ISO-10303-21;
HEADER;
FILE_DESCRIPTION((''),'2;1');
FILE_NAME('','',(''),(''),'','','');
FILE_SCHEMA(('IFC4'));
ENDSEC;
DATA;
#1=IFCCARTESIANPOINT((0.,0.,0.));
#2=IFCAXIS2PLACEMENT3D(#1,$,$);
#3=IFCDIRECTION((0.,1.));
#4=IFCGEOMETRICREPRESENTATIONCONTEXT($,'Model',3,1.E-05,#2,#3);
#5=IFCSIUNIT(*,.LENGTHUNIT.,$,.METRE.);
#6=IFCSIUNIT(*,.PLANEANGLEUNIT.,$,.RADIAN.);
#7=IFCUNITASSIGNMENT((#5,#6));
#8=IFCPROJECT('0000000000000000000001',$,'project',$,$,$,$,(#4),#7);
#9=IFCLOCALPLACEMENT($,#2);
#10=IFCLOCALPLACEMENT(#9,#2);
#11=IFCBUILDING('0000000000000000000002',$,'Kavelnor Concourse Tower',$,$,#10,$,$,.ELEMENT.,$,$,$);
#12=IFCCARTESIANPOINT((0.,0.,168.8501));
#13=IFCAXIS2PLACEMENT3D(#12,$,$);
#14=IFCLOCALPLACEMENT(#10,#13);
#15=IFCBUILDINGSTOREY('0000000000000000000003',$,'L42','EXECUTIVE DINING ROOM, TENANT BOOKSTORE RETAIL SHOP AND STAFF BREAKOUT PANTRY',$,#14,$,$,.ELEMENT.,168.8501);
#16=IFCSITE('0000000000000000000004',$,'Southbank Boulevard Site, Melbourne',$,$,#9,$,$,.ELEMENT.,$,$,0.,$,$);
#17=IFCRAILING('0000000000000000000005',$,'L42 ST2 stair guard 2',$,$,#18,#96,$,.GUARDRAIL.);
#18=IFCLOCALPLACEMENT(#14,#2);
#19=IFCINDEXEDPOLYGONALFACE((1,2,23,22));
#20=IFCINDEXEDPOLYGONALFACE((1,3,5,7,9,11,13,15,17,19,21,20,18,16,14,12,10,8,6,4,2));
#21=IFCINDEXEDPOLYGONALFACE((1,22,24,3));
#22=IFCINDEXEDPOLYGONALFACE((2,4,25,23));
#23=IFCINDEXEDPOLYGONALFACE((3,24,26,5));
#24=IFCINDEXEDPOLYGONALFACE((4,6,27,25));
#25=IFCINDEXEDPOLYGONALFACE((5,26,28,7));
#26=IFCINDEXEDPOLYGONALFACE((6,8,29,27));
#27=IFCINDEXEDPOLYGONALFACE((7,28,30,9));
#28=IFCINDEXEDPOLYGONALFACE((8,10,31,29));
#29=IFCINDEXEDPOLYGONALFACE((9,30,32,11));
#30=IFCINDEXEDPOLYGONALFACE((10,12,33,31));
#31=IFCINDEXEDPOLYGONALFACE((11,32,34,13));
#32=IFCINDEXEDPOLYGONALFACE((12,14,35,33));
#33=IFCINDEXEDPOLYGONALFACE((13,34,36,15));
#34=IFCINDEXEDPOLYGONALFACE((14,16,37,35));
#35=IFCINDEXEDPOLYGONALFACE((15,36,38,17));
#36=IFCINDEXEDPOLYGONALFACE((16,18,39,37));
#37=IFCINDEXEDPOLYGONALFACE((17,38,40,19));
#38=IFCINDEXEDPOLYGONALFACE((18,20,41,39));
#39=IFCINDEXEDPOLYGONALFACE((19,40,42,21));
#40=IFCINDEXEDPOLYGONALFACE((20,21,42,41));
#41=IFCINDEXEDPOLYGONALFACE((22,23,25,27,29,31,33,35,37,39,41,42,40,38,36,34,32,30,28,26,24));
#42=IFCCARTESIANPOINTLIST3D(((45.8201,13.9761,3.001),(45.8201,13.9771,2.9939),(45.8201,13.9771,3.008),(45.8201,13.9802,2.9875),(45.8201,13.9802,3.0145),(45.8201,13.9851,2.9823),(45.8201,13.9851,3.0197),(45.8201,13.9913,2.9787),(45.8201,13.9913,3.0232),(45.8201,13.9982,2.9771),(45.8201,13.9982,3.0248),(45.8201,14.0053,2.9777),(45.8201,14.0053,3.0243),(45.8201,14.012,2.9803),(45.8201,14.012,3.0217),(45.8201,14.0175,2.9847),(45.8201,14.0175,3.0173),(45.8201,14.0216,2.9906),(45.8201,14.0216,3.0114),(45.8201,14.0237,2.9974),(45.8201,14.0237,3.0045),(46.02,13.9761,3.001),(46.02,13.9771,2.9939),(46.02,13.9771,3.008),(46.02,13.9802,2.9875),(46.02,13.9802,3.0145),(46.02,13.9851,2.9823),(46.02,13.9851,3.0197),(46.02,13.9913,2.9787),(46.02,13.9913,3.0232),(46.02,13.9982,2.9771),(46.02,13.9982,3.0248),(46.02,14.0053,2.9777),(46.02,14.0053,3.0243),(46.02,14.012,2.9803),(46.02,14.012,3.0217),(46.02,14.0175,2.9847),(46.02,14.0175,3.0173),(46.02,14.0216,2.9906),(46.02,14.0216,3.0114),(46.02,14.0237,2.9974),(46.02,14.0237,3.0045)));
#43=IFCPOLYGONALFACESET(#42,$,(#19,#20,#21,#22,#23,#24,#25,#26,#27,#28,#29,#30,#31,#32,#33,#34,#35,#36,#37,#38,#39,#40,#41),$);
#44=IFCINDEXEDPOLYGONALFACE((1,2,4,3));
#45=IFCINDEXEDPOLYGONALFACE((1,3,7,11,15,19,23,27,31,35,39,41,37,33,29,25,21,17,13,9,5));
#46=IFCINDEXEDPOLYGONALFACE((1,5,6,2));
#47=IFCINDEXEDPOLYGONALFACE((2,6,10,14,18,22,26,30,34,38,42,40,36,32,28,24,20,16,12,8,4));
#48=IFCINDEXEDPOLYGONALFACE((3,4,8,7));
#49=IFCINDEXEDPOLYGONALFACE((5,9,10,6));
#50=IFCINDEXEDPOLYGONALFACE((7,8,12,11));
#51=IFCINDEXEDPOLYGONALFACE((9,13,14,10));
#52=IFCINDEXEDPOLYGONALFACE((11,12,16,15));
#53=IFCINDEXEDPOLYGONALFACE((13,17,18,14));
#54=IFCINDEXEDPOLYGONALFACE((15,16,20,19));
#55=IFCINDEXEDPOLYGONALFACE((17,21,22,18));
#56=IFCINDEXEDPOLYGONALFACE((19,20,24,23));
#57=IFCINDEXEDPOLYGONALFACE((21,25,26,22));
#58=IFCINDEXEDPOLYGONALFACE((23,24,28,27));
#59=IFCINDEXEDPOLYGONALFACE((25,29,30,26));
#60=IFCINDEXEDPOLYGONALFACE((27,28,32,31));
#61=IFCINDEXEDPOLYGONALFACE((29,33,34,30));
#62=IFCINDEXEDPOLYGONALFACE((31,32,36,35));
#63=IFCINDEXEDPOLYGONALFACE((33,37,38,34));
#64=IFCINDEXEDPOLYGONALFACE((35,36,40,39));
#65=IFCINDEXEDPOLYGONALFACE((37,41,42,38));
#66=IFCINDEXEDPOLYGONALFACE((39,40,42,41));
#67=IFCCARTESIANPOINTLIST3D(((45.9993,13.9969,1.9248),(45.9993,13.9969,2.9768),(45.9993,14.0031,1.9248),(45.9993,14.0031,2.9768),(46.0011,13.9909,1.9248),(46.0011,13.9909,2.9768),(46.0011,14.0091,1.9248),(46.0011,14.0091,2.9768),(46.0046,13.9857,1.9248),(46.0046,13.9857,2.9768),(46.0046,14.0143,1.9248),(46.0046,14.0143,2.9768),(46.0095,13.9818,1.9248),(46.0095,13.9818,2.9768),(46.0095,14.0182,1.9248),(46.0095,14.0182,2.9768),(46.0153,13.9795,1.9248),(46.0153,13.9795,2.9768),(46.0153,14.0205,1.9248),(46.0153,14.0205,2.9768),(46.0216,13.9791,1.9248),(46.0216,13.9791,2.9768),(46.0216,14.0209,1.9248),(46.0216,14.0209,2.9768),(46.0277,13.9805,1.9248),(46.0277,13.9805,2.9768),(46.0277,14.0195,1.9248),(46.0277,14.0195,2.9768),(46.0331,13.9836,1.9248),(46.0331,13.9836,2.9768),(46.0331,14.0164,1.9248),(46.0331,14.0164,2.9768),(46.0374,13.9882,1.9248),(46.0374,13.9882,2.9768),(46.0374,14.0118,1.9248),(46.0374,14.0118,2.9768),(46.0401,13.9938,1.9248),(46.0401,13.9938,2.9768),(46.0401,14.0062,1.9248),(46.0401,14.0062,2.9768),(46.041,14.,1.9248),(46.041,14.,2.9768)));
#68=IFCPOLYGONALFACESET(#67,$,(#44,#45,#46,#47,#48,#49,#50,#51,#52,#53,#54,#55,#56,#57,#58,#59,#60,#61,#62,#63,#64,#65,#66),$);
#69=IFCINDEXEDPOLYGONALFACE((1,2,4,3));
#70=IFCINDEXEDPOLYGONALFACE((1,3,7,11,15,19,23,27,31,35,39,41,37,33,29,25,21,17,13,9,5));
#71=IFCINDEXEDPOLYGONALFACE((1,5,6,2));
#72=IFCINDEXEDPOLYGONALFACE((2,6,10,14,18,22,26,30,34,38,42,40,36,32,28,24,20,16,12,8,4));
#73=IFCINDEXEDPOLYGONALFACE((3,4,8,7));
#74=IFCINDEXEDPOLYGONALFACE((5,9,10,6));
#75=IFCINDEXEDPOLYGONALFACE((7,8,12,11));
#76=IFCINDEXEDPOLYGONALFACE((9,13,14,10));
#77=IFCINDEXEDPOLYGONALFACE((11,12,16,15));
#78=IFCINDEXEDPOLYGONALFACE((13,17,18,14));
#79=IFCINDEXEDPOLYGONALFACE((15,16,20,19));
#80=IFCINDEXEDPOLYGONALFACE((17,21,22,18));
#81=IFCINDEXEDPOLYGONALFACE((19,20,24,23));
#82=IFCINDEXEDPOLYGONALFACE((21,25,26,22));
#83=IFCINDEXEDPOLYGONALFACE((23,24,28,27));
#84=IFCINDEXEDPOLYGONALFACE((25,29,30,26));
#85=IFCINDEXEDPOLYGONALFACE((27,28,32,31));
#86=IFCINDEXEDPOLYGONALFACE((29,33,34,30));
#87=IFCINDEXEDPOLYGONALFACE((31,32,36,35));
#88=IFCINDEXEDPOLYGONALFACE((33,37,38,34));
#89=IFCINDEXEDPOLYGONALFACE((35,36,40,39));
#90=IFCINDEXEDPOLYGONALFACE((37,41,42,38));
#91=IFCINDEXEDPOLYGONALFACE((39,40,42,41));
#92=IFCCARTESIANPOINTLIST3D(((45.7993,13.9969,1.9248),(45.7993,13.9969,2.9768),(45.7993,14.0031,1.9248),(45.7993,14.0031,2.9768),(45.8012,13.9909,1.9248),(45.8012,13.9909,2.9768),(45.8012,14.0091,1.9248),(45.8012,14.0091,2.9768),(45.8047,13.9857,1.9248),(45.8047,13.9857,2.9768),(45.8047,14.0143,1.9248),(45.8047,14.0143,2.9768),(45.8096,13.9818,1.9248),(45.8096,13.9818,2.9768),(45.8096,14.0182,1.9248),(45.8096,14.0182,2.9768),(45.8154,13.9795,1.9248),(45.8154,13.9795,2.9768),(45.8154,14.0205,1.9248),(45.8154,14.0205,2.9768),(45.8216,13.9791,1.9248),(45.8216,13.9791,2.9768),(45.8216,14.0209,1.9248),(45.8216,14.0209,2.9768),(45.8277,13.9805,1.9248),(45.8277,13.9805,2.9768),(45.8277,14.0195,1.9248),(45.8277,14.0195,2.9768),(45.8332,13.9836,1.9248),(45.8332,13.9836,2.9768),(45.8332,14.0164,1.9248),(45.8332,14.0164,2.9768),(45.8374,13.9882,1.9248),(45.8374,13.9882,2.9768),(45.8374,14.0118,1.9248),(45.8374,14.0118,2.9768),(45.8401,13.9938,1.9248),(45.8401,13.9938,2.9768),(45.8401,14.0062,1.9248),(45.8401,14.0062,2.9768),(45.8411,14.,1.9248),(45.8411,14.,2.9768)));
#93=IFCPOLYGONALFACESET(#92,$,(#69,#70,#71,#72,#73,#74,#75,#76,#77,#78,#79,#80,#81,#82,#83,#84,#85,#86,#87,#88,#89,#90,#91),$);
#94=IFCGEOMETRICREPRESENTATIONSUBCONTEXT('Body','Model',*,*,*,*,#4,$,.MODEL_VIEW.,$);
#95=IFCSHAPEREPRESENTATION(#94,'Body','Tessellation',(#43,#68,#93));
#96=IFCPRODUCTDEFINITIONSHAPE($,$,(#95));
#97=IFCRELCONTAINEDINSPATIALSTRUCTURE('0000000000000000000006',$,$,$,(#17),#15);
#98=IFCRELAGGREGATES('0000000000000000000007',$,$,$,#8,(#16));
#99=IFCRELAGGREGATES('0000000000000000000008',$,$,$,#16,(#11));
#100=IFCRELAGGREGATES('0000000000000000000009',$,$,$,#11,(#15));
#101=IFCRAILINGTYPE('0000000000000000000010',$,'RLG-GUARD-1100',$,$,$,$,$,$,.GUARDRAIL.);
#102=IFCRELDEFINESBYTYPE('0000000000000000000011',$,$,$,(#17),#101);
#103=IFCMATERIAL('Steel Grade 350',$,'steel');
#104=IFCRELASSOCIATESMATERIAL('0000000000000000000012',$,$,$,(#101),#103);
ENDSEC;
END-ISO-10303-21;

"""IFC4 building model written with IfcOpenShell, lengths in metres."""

from ifc_helpers import new_model, si_unit, direction, frame, origin, origin_2d, place, context, subcontext, project, spatial, circle, extrude, material, type_object, element, save


model = new_model("IFC4")

# Units and contexts
model_context = context("Model", 3, precision=1e-05, world=origin(), true_north=direction((0.0, 1.0)))
body_context = subcontext(model_context, "Body", "Model", "MODEL_VIEW")
ifc_project = project(units=[si_unit("LENGTHUNIT", "METRE"), si_unit("PLANEANGLEUNIT", "RADIAN")], contexts=[model_context])

# Site, building, storey
site_placement = place(None, origin())
site = spatial("IfcSite", under=ifc_project, at=site_placement, Name="Southbank Boulevard Site, Melbourne", CompositionType="ELEMENT", RefElevation=0.0)
building_placement = place(site_placement, origin())
building = spatial("IfcBuilding", under=site, at=building_placement, Name="Kavelnor Concourse Tower", CompositionType="ELEMENT")
storey_placement = place(building_placement, frame((0.0, 0.0, 168.8501)))
storey = spatial("IfcBuildingStorey", under=building, at=storey_placement, Name="L42", Description="EXECUTIVE DINING ROOM, TENANT BOOKSTORE RETAIL SHOP AND STAFF BREAKOUT PANTRY", CompositionType="ELEMENT", Elevation=168.8501)

# Shared definitions
ifc_material_1 = material(Name="Steel Grade 350", Category="steel")

# Railing
railing_type_1 = type_object("IfcRailingType", Name="RLG-GUARD-1100", PredefinedType="GUARDRAIL", material=ifc_material_1)
railing_1_placement = place(storey_placement, frame((46.02, 14.0, 1.9248)))
element("IfcRailing", 1, at=railing_1_placement, inside=storey, type_object=railing_type_1, Name="L42 ST2 stair guard 2", PredefinedType="GUARDRAIL", context=body_context, shape_type="SweptSolid", body=[
    extrude(circle(Radius=0.0239, at=origin_2d()), frame((0.0, 0.0, 1.0762), z_axis=(-1.0, 0.0, 0.0), x_axis=(0.0, -1.0, 0.0)), (0.0, 0.0, 1.0), 0.2),
    extrude(circle(Radius=0.021, at=origin_2d()), origin(), (0.0, 0.0, 1.0), 1.052),
    extrude(circle(Radius=0.021, at=origin_2d()), frame((-0.2, 0.0, 0.0)), (0.0, 0.0, 1.0), 1.052),
])

save(model, "model.ifc")
